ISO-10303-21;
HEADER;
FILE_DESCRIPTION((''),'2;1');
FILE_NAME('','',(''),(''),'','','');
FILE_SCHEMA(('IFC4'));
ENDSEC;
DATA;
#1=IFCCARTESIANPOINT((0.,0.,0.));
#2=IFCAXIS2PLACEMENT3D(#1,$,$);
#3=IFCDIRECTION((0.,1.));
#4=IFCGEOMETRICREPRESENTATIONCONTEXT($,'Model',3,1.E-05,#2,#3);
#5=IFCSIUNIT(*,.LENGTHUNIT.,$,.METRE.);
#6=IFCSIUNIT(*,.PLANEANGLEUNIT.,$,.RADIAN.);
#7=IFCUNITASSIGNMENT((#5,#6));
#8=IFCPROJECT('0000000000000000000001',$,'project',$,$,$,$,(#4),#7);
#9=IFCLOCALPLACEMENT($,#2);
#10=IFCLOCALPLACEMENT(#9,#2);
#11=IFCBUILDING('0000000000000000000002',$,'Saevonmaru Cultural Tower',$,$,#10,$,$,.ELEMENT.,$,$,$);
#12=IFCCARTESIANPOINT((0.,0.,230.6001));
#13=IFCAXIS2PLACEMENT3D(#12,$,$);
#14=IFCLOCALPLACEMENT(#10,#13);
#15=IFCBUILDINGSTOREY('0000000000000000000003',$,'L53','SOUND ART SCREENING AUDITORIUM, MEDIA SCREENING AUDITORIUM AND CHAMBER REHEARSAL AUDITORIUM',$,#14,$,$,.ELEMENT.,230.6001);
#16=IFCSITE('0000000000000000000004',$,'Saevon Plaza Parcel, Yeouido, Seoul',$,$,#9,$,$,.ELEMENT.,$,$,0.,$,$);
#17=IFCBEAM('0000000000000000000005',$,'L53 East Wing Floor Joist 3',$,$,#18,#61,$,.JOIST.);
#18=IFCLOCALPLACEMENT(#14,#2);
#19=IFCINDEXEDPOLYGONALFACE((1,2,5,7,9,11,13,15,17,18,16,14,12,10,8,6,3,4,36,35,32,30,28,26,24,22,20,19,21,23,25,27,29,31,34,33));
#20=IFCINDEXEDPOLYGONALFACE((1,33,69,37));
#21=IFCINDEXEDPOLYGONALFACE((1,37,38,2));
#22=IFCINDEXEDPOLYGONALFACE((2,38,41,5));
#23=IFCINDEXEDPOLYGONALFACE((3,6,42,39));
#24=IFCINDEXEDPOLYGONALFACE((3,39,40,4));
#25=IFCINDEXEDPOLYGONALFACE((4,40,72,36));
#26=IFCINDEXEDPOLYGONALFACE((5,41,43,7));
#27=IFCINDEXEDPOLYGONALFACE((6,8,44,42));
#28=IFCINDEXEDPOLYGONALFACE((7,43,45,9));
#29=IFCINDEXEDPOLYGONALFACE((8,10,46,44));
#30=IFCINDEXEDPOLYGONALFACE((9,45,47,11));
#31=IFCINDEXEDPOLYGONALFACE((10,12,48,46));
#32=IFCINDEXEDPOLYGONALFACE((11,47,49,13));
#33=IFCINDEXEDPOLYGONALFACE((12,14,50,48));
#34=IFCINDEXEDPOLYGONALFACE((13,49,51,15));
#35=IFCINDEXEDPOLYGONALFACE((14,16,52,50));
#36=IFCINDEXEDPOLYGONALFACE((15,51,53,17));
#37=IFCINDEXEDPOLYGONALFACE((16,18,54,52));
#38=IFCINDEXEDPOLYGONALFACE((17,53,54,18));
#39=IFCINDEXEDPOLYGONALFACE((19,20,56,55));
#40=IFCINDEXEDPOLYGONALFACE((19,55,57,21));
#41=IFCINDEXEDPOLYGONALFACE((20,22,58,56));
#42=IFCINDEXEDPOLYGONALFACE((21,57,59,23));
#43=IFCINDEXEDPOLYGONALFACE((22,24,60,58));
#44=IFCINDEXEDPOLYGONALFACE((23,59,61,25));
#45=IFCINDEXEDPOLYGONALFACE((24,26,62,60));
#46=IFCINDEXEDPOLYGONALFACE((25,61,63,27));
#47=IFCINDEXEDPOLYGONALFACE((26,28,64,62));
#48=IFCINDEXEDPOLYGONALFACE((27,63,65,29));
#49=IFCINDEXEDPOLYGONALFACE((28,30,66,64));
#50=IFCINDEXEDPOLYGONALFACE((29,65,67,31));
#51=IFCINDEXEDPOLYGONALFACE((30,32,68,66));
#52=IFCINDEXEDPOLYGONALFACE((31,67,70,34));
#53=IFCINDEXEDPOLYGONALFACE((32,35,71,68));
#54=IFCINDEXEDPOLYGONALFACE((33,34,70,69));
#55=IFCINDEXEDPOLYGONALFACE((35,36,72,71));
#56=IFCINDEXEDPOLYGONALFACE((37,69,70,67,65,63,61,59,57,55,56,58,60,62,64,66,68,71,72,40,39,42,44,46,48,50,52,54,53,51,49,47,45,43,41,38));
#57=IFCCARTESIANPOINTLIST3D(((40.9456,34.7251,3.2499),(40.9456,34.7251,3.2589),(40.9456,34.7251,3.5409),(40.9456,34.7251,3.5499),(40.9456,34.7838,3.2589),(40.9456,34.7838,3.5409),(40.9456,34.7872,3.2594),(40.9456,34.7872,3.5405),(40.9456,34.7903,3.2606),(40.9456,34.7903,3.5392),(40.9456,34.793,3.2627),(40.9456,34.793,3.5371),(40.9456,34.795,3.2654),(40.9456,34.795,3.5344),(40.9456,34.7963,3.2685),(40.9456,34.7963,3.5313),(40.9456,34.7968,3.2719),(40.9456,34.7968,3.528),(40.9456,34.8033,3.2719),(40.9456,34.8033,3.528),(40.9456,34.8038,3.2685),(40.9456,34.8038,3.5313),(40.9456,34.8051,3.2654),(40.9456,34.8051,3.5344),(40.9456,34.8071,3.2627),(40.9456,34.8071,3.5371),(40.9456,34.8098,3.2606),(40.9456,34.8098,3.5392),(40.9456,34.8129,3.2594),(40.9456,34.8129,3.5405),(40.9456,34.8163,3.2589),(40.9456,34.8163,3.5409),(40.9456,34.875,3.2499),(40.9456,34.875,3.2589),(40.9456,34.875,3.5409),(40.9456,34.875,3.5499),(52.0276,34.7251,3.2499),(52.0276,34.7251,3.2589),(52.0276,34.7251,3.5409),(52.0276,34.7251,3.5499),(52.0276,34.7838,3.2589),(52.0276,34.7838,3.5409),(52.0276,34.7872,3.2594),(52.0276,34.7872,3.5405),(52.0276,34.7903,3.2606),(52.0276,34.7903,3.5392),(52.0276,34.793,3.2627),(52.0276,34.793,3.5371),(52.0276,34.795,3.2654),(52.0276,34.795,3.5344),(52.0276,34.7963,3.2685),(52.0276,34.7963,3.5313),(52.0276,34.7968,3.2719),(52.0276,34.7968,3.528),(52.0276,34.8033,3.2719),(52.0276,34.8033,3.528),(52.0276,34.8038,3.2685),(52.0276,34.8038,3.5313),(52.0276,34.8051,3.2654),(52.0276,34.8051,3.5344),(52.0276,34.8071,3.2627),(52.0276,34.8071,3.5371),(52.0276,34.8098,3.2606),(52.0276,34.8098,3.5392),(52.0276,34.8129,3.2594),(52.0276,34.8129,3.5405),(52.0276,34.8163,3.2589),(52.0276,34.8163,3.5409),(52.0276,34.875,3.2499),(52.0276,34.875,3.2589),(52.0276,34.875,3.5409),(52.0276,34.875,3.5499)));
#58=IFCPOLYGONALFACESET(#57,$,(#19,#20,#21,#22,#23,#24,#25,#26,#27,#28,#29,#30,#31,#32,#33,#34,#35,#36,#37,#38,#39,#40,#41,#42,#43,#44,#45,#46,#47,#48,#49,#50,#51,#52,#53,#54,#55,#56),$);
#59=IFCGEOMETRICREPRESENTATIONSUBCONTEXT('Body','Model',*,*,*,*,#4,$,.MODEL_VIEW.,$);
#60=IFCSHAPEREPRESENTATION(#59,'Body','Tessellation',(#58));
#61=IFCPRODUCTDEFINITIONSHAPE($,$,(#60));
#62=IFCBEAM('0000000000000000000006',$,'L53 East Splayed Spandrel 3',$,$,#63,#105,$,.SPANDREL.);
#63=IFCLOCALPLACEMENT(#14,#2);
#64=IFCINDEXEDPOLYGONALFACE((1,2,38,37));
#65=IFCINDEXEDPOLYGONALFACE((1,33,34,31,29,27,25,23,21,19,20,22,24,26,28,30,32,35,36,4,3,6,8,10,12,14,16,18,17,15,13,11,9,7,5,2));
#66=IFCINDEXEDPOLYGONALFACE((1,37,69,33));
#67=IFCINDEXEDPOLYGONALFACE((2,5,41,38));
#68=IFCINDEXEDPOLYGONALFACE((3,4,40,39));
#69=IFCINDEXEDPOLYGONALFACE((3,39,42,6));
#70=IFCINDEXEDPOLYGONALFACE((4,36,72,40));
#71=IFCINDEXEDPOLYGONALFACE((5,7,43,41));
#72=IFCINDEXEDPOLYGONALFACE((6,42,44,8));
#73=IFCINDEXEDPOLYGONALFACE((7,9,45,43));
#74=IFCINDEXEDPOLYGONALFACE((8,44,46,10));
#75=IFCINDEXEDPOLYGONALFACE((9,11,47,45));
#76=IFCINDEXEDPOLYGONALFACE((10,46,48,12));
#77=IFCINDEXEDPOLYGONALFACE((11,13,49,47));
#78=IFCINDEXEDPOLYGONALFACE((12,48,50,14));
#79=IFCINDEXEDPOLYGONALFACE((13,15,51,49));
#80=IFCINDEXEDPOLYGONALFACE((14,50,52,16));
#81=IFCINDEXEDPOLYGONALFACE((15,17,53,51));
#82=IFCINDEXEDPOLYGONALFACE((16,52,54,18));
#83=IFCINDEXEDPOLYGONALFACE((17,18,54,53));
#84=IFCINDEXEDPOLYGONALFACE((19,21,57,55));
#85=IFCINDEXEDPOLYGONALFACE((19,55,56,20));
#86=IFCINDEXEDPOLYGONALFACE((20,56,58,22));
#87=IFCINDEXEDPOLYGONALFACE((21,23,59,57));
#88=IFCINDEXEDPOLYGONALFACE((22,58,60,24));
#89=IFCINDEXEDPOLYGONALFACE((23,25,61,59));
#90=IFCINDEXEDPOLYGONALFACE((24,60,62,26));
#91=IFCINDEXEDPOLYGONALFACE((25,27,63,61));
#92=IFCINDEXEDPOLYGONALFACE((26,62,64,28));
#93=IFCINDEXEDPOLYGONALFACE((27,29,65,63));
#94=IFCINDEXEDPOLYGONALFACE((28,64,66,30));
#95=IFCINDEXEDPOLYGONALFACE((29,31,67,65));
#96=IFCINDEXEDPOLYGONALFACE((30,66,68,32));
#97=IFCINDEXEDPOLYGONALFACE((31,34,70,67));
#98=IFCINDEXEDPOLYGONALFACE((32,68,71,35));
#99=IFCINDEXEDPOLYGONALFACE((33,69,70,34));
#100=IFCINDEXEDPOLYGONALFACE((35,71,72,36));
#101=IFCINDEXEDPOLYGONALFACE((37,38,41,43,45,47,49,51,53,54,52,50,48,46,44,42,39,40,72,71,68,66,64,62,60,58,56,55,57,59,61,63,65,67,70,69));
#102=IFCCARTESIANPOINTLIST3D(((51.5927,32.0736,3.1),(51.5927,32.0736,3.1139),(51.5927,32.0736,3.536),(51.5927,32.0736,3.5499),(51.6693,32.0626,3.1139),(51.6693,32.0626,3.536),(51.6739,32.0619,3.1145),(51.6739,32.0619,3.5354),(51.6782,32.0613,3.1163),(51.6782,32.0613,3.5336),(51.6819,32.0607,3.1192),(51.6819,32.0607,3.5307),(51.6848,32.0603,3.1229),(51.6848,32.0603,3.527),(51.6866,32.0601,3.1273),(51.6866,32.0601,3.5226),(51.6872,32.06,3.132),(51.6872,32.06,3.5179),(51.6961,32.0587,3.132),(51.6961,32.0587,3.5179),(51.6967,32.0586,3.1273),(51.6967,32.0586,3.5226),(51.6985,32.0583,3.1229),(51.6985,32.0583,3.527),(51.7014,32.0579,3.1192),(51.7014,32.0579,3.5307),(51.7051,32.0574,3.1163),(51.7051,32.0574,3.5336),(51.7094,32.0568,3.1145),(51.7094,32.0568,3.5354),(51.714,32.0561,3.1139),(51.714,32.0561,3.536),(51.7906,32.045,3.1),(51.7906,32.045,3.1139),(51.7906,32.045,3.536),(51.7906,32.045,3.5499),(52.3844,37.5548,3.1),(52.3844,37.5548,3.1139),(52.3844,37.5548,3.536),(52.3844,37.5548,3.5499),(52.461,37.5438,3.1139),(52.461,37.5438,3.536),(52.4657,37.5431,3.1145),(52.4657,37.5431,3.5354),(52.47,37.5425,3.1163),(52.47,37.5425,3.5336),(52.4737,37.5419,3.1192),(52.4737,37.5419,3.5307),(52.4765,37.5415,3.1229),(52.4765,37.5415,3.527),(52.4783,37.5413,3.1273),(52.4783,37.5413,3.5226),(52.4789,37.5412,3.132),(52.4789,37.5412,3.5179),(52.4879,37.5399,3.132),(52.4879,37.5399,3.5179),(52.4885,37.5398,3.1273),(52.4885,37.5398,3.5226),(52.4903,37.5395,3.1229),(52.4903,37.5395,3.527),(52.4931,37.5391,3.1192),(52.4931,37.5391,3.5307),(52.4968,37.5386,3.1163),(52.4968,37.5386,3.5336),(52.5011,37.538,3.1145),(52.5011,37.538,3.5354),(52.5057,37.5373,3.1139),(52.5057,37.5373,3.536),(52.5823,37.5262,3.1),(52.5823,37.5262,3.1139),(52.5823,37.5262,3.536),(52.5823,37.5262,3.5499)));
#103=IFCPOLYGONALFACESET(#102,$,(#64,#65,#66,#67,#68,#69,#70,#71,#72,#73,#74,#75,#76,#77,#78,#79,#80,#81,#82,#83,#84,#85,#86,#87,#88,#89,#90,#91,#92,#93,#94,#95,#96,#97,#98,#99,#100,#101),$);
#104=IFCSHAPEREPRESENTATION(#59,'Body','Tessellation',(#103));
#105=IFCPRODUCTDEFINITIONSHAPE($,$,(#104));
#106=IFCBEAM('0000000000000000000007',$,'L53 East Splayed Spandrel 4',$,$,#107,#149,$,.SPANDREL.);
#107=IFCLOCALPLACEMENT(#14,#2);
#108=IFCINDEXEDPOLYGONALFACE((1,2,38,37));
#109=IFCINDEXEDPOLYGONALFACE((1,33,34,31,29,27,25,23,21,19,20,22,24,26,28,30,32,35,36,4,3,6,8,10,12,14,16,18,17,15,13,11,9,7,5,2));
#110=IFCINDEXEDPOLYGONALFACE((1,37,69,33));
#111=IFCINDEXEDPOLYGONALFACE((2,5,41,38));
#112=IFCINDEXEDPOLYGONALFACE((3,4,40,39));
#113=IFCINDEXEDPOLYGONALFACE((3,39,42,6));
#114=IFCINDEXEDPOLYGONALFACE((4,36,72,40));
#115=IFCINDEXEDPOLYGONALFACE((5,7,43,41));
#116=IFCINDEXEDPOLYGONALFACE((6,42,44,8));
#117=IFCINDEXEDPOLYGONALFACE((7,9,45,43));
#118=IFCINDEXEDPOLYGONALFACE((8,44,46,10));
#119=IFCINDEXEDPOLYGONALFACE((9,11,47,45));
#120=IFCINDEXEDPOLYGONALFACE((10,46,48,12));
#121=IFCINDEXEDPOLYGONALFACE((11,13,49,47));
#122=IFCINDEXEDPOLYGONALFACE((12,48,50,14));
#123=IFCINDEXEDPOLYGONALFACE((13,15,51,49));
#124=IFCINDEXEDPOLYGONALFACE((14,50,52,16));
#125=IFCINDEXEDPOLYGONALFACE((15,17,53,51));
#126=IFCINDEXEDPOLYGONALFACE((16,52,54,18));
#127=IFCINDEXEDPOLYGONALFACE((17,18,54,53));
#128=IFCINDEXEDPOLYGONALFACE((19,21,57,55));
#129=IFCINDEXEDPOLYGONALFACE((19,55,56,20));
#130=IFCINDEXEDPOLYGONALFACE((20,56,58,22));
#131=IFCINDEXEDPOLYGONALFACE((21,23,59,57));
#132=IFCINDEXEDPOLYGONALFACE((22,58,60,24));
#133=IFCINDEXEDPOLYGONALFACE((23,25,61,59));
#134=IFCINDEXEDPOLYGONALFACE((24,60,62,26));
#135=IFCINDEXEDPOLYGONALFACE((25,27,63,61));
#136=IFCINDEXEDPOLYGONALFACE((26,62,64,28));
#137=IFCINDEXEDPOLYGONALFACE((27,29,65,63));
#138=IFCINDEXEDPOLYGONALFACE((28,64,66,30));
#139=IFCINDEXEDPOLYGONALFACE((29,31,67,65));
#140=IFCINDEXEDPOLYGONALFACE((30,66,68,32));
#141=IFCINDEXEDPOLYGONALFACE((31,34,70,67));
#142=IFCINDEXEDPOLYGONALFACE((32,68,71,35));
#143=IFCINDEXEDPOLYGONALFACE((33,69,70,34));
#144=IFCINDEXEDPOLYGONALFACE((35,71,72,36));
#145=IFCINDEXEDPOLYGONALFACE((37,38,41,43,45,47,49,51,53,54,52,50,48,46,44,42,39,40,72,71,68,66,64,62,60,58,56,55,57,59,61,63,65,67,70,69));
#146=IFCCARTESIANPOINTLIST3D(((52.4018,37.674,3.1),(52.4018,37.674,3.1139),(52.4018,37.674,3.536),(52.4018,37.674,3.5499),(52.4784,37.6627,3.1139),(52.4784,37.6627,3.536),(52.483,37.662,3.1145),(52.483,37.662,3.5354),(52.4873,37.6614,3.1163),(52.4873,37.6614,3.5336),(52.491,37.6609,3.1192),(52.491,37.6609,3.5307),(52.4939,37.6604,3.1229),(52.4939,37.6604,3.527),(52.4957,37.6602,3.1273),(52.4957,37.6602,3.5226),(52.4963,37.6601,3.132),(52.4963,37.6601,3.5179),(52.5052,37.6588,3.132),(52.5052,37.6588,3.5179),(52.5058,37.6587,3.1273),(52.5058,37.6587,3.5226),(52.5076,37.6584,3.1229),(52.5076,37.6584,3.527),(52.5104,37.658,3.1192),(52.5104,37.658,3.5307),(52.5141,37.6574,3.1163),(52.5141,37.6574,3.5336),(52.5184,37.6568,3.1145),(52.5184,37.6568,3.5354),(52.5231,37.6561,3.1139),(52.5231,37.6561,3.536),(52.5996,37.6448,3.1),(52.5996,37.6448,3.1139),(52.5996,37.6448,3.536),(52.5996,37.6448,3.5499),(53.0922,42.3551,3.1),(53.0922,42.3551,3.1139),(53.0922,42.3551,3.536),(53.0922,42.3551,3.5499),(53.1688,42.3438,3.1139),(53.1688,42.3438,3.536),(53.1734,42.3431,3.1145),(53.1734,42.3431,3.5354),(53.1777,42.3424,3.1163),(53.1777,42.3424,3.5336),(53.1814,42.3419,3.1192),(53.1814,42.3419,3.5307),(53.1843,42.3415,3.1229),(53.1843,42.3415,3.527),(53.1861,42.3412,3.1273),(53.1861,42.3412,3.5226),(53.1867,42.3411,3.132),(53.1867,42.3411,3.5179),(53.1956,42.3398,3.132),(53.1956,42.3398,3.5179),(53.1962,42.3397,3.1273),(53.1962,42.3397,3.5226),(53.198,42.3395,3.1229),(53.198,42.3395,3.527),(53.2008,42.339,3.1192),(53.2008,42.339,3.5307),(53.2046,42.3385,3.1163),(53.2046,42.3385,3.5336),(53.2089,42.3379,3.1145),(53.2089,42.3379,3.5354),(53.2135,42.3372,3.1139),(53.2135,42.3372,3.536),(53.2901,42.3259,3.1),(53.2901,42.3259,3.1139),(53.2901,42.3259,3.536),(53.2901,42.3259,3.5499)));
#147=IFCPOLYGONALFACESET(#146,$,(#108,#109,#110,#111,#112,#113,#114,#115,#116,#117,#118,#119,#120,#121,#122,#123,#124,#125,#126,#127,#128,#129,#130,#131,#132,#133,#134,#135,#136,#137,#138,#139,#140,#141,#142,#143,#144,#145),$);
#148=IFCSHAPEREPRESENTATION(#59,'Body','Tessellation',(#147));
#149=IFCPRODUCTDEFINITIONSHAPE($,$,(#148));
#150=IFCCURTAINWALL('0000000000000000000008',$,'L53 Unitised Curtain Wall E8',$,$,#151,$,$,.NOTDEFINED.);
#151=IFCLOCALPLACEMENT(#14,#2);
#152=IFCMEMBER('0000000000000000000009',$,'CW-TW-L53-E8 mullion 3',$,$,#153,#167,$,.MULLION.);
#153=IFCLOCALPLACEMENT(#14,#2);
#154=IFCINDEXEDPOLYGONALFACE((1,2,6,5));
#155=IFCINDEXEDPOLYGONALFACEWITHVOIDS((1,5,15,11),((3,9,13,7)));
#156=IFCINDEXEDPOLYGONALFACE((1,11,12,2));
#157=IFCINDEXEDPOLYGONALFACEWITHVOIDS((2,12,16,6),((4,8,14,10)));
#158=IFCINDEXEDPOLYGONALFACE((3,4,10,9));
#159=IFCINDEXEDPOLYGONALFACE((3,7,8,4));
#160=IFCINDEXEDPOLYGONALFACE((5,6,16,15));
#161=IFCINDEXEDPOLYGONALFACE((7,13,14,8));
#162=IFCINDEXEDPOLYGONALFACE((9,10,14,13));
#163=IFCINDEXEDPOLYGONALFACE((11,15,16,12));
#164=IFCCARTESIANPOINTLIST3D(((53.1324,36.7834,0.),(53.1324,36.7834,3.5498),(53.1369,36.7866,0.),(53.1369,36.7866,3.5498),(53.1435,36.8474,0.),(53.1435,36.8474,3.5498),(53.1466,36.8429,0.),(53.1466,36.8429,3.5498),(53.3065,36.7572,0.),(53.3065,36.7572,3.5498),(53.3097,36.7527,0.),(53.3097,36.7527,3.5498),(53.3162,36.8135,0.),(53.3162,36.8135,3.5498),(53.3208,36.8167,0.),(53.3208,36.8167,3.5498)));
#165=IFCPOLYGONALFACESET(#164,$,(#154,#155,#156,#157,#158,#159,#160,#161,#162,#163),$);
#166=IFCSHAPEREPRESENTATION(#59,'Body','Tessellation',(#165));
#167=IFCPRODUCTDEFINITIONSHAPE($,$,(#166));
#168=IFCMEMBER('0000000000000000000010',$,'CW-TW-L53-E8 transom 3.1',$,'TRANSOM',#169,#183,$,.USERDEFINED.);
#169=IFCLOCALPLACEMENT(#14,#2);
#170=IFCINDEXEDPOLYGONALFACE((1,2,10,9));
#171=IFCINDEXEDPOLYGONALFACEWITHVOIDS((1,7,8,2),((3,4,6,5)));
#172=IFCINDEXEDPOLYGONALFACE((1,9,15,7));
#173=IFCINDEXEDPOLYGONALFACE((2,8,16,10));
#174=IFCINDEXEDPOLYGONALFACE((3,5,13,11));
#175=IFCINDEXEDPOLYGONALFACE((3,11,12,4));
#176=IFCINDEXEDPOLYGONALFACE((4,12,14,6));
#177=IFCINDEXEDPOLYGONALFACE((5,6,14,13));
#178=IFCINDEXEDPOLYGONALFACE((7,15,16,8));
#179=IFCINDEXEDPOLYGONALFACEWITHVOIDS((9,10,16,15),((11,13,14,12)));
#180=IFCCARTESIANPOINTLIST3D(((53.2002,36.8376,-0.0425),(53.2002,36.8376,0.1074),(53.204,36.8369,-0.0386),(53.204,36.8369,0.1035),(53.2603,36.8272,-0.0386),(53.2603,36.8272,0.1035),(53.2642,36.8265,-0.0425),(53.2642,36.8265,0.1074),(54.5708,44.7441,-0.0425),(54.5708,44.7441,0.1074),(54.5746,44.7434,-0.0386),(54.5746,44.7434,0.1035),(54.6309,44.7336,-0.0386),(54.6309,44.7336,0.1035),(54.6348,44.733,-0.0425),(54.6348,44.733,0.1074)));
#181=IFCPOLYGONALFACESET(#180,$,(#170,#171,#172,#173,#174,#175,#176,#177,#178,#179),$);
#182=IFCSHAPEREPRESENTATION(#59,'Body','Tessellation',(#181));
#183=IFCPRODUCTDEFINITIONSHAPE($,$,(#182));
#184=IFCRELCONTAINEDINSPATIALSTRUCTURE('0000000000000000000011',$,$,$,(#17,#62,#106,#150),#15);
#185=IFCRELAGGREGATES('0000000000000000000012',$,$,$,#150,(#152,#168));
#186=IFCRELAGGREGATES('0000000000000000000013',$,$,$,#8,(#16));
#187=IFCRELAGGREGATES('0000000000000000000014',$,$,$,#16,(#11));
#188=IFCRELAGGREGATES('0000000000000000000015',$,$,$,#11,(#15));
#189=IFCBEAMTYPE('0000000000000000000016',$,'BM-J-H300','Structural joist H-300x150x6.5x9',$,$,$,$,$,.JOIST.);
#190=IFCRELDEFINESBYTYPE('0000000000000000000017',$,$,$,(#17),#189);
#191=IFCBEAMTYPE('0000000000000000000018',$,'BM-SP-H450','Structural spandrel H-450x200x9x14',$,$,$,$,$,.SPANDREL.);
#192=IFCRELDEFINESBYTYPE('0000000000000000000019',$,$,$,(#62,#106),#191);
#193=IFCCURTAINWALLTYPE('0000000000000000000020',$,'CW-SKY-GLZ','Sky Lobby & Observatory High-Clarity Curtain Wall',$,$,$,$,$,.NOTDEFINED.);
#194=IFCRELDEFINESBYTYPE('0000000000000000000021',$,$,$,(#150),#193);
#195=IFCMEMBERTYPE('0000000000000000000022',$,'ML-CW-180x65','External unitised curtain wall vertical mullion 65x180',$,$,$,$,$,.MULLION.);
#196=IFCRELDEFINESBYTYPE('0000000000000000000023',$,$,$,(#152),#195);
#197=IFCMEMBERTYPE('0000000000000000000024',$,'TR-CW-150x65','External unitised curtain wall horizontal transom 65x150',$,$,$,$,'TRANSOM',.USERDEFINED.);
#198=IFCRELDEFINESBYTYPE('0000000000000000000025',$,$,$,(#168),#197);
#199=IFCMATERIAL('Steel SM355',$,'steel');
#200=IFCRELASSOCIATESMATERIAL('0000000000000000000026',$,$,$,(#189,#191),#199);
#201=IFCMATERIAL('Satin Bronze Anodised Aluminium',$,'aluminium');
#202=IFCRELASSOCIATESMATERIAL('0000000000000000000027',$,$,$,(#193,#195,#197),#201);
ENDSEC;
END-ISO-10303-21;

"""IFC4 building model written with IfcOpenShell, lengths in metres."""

from ifc_helpers import new_model, si_unit, direction, frame, origin, origin_2d, place, context, subcontext, project, spatial, hollow_rectangle, i_section, extrude, material, material_profile, profile_set, type_object, element, aggregate, save


model = new_model("IFC4")

# Units and contexts
model_context = context("Model", 3, precision=1e-05, world=origin(), true_north=direction((0.0, 1.0)))
body_context = subcontext(model_context, "Body", "Model", "MODEL_VIEW")
ifc_project = project(units=[si_unit("LENGTHUNIT", "METRE"), si_unit("PLANEANGLEUNIT", "RADIAN")], contexts=[model_context])

# Site, building, storey
site_placement = place(None, origin())
site = spatial("IfcSite", under=ifc_project, at=site_placement, Name="Saevon Plaza Parcel, Yeouido, Seoul", CompositionType="ELEMENT", RefElevation=0.0)
building_placement = place(site_placement, origin())
building = spatial("IfcBuilding", under=site, at=building_placement, Name="Saevonmaru Cultural Tower", CompositionType="ELEMENT")
storey_placement = place(building_placement, frame((0.0, 0.0, 230.6001)))
storey = spatial("IfcBuildingStorey", under=building, at=storey_placement, Name="L53", Description="SOUND ART SCREENING AUDITORIUM, MEDIA SCREENING AUDITORIUM AND CHAMBER REHEARSAL AUDITORIUM", CompositionType="ELEMENT", Elevation=230.6001)

# Shared definitions
ifc_material_1 = material(Name="Steel SM355", Category="steel")

# Beams
ifc_material_profile_1 = material_profile(ifc_material_1, i_section(OverallWidth=0.1499, OverallDepth=0.3, WebThickness=0.0066, FlangeThickness=0.009, FilletRadius=0.0129, at=origin_2d()), Name="H-300x150x6.5x9")
ifc_profile_set_1 = profile_set([ifc_material_profile_1], Name="Steel SM355")
beam_type_1 = type_object("IfcBeamType", Name="BM-J-H300", Description="Structural joist H-300x150x6.5x9", PredefinedType="JOIST", material=ifc_profile_set_1)
beam_1_placement = place(storey_placement, frame((40.9456, 34.8, 3.3999), z_axis=(1.0, 0.0, 0.0), x_axis=(0.0, 1.0, 0.0)))
element("IfcBeam", 1, at=beam_1_placement, inside=storey, type_object=beam_type_1, Name="L53 East Wing Floor Joist 3", PredefinedType="JOIST", context=body_context, shape_type="SweptSolid", body=[
    extrude(i_section(OverallWidth=0.1499, OverallDepth=0.3, WebThickness=0.0066, FlangeThickness=0.009, FilletRadius=0.0129, at=origin_2d()), origin(), (0.0, 0.0, 1.0), 11.082),
])
ifc_material_profile_2 = material_profile(ifc_material_1, i_section(OverallWidth=0.2, OverallDepth=0.45, WebThickness=0.009, FlangeThickness=0.0139, FilletRadius=0.0181, at=origin_2d()), Name="H-450x200x9x14")
ifc_profile_set_2 = profile_set([ifc_material_profile_2], Name="Steel SM355")
beam_type_2 = type_object("IfcBeamType", Name="BM-SP-H450", Description="Structural spandrel H-450x200x9x14", PredefinedType="SPANDREL", material=ifc_profile_set_2)
beam_2_placement = place(storey_placement, frame((51.6917, 32.0593, 3.325), z_axis=(0.142964, 0.989728, 0.0), x_axis=(-0.989728, 0.142964, 0.0)))
element("IfcBeam", 2, at=beam_2_placement, inside=storey, type_object=beam_type_2, Name="L53 East Splayed Spandrel 3", PredefinedType="SPANDREL", context=body_context, shape_type="SweptSolid", body=[
    extrude(i_section(OverallWidth=0.2, OverallDepth=0.45, WebThickness=0.009, FlangeThickness=0.0139, FilletRadius=0.0181, at=origin_2d()), origin(), (0.0, 0.0, 1.0), 5.5381),
])
beam_3_placement = place(storey_placement, frame((52.5007, 37.6594, 3.325), z_axis=(0.145913, 0.989297, 0.0), x_axis=(-0.989297, 0.145913, 0.0)))
element("IfcBeam", 3, at=beam_3_placement, inside=storey, type_object=beam_type_2, Name="L53 East Splayed Spandrel 4", PredefinedType="SPANDREL", context=body_context, shape_type="SweptSolid", body=[
    extrude(i_section(OverallWidth=0.2, OverallDepth=0.45, WebThickness=0.009, FlangeThickness=0.0139, FilletRadius=0.0181, at=origin_2d()), origin(), (0.0, 0.0, 1.0), 4.7317),
])

# Curtain wall, members
ifc_material_2 = material(Name="Satin Bronze Anodised Aluminium", Category="aluminium")
curtain_wall_type = type_object("IfcCurtainWallType", Name="CW-SKY-GLZ", Description="Sky Lobby & Observatory High-Clarity Curtain Wall", PredefinedType="NOTDEFINED", material=ifc_material_2)
curtain_wall_placement = place(storey_placement, origin())
curtain_wall = element("IfcCurtainWall", 4, at=curtain_wall_placement, inside=storey, type_object=curtain_wall_type, Name="L53 Unitised Curtain Wall E8", PredefinedType="NOTDEFINED")
ifc_material_profile_3 = material_profile(ifc_material_2, hollow_rectangle(XDim=0.0649, YDim=0.1799, WallThickness=0.0039, at=origin_2d()), Name="ALU-MULL-180x65x4")
ifc_profile_set_3 = profile_set([ifc_material_profile_3], Name="Satin Bronze Anodised Aluminium")
member_type_1 = type_object("IfcMemberType", Name="ML-CW-180x65", Description="External unitised curtain wall vertical mullion 65x180", PredefinedType="MULLION", material=ifc_profile_set_3)
member_1_placement = place(storey_placement, frame((53.2266, 36.8, 0.0), z_axis=(0.0, 0.0, 1.0), x_axis=(0.17079, 0.985307, 0.0)))
member_1 = element("IfcMember", 5, at=member_1_placement, type_object=member_type_1, Name="CW-TW-L53-E8 mullion 3", PredefinedType="MULLION", context=body_context, shape_type="SweptSolid", body=[
    extrude(hollow_rectangle(XDim=0.0649, YDim=0.1799, WallThickness=0.0039, at=origin_2d()), origin(), (0.0, 0.0, 1.0), 3.5498),
])
ifc_material_profile_4 = material_profile(ifc_material_2, hollow_rectangle(XDim=0.0649, YDim=0.1499, WallThickness=0.0039, at=origin_2d()), Name="ALU-TRAN-150x65x4")
ifc_profile_set_4 = profile_set([ifc_material_profile_4], Name="Satin Bronze Anodised Aluminium")
member_type_2 = type_object("IfcMemberType", Name="TR-CW-150x65", Description="External unitised curtain wall horizontal transom 65x150", ElementType="TRANSOM", PredefinedType="USERDEFINED", material=ifc_profile_set_4)
member_2_placement = place(storey_placement, frame((53.2322, 36.832, 0.0325), z_axis=(0.170804, 0.985305, 0.0), x_axis=(-0.985305, 0.170804, 0.0)))
member_2 = element("IfcMember", 6, at=member_2_placement, type_object=member_type_2, Name="CW-TW-L53-E8 transom 3.1", ObjectType="TRANSOM", PredefinedType="USERDEFINED", context=body_context, shape_type="SweptSolid", body=[
    extrude(hollow_rectangle(XDim=0.0649, YDim=0.1499, WallThickness=0.0039, at=origin_2d()), origin(), (0.0, 0.0, 1.0), 8.0244),
])
aggregate(curtain_wall, [member_1, member_2])

save(model, "model.ifc")
